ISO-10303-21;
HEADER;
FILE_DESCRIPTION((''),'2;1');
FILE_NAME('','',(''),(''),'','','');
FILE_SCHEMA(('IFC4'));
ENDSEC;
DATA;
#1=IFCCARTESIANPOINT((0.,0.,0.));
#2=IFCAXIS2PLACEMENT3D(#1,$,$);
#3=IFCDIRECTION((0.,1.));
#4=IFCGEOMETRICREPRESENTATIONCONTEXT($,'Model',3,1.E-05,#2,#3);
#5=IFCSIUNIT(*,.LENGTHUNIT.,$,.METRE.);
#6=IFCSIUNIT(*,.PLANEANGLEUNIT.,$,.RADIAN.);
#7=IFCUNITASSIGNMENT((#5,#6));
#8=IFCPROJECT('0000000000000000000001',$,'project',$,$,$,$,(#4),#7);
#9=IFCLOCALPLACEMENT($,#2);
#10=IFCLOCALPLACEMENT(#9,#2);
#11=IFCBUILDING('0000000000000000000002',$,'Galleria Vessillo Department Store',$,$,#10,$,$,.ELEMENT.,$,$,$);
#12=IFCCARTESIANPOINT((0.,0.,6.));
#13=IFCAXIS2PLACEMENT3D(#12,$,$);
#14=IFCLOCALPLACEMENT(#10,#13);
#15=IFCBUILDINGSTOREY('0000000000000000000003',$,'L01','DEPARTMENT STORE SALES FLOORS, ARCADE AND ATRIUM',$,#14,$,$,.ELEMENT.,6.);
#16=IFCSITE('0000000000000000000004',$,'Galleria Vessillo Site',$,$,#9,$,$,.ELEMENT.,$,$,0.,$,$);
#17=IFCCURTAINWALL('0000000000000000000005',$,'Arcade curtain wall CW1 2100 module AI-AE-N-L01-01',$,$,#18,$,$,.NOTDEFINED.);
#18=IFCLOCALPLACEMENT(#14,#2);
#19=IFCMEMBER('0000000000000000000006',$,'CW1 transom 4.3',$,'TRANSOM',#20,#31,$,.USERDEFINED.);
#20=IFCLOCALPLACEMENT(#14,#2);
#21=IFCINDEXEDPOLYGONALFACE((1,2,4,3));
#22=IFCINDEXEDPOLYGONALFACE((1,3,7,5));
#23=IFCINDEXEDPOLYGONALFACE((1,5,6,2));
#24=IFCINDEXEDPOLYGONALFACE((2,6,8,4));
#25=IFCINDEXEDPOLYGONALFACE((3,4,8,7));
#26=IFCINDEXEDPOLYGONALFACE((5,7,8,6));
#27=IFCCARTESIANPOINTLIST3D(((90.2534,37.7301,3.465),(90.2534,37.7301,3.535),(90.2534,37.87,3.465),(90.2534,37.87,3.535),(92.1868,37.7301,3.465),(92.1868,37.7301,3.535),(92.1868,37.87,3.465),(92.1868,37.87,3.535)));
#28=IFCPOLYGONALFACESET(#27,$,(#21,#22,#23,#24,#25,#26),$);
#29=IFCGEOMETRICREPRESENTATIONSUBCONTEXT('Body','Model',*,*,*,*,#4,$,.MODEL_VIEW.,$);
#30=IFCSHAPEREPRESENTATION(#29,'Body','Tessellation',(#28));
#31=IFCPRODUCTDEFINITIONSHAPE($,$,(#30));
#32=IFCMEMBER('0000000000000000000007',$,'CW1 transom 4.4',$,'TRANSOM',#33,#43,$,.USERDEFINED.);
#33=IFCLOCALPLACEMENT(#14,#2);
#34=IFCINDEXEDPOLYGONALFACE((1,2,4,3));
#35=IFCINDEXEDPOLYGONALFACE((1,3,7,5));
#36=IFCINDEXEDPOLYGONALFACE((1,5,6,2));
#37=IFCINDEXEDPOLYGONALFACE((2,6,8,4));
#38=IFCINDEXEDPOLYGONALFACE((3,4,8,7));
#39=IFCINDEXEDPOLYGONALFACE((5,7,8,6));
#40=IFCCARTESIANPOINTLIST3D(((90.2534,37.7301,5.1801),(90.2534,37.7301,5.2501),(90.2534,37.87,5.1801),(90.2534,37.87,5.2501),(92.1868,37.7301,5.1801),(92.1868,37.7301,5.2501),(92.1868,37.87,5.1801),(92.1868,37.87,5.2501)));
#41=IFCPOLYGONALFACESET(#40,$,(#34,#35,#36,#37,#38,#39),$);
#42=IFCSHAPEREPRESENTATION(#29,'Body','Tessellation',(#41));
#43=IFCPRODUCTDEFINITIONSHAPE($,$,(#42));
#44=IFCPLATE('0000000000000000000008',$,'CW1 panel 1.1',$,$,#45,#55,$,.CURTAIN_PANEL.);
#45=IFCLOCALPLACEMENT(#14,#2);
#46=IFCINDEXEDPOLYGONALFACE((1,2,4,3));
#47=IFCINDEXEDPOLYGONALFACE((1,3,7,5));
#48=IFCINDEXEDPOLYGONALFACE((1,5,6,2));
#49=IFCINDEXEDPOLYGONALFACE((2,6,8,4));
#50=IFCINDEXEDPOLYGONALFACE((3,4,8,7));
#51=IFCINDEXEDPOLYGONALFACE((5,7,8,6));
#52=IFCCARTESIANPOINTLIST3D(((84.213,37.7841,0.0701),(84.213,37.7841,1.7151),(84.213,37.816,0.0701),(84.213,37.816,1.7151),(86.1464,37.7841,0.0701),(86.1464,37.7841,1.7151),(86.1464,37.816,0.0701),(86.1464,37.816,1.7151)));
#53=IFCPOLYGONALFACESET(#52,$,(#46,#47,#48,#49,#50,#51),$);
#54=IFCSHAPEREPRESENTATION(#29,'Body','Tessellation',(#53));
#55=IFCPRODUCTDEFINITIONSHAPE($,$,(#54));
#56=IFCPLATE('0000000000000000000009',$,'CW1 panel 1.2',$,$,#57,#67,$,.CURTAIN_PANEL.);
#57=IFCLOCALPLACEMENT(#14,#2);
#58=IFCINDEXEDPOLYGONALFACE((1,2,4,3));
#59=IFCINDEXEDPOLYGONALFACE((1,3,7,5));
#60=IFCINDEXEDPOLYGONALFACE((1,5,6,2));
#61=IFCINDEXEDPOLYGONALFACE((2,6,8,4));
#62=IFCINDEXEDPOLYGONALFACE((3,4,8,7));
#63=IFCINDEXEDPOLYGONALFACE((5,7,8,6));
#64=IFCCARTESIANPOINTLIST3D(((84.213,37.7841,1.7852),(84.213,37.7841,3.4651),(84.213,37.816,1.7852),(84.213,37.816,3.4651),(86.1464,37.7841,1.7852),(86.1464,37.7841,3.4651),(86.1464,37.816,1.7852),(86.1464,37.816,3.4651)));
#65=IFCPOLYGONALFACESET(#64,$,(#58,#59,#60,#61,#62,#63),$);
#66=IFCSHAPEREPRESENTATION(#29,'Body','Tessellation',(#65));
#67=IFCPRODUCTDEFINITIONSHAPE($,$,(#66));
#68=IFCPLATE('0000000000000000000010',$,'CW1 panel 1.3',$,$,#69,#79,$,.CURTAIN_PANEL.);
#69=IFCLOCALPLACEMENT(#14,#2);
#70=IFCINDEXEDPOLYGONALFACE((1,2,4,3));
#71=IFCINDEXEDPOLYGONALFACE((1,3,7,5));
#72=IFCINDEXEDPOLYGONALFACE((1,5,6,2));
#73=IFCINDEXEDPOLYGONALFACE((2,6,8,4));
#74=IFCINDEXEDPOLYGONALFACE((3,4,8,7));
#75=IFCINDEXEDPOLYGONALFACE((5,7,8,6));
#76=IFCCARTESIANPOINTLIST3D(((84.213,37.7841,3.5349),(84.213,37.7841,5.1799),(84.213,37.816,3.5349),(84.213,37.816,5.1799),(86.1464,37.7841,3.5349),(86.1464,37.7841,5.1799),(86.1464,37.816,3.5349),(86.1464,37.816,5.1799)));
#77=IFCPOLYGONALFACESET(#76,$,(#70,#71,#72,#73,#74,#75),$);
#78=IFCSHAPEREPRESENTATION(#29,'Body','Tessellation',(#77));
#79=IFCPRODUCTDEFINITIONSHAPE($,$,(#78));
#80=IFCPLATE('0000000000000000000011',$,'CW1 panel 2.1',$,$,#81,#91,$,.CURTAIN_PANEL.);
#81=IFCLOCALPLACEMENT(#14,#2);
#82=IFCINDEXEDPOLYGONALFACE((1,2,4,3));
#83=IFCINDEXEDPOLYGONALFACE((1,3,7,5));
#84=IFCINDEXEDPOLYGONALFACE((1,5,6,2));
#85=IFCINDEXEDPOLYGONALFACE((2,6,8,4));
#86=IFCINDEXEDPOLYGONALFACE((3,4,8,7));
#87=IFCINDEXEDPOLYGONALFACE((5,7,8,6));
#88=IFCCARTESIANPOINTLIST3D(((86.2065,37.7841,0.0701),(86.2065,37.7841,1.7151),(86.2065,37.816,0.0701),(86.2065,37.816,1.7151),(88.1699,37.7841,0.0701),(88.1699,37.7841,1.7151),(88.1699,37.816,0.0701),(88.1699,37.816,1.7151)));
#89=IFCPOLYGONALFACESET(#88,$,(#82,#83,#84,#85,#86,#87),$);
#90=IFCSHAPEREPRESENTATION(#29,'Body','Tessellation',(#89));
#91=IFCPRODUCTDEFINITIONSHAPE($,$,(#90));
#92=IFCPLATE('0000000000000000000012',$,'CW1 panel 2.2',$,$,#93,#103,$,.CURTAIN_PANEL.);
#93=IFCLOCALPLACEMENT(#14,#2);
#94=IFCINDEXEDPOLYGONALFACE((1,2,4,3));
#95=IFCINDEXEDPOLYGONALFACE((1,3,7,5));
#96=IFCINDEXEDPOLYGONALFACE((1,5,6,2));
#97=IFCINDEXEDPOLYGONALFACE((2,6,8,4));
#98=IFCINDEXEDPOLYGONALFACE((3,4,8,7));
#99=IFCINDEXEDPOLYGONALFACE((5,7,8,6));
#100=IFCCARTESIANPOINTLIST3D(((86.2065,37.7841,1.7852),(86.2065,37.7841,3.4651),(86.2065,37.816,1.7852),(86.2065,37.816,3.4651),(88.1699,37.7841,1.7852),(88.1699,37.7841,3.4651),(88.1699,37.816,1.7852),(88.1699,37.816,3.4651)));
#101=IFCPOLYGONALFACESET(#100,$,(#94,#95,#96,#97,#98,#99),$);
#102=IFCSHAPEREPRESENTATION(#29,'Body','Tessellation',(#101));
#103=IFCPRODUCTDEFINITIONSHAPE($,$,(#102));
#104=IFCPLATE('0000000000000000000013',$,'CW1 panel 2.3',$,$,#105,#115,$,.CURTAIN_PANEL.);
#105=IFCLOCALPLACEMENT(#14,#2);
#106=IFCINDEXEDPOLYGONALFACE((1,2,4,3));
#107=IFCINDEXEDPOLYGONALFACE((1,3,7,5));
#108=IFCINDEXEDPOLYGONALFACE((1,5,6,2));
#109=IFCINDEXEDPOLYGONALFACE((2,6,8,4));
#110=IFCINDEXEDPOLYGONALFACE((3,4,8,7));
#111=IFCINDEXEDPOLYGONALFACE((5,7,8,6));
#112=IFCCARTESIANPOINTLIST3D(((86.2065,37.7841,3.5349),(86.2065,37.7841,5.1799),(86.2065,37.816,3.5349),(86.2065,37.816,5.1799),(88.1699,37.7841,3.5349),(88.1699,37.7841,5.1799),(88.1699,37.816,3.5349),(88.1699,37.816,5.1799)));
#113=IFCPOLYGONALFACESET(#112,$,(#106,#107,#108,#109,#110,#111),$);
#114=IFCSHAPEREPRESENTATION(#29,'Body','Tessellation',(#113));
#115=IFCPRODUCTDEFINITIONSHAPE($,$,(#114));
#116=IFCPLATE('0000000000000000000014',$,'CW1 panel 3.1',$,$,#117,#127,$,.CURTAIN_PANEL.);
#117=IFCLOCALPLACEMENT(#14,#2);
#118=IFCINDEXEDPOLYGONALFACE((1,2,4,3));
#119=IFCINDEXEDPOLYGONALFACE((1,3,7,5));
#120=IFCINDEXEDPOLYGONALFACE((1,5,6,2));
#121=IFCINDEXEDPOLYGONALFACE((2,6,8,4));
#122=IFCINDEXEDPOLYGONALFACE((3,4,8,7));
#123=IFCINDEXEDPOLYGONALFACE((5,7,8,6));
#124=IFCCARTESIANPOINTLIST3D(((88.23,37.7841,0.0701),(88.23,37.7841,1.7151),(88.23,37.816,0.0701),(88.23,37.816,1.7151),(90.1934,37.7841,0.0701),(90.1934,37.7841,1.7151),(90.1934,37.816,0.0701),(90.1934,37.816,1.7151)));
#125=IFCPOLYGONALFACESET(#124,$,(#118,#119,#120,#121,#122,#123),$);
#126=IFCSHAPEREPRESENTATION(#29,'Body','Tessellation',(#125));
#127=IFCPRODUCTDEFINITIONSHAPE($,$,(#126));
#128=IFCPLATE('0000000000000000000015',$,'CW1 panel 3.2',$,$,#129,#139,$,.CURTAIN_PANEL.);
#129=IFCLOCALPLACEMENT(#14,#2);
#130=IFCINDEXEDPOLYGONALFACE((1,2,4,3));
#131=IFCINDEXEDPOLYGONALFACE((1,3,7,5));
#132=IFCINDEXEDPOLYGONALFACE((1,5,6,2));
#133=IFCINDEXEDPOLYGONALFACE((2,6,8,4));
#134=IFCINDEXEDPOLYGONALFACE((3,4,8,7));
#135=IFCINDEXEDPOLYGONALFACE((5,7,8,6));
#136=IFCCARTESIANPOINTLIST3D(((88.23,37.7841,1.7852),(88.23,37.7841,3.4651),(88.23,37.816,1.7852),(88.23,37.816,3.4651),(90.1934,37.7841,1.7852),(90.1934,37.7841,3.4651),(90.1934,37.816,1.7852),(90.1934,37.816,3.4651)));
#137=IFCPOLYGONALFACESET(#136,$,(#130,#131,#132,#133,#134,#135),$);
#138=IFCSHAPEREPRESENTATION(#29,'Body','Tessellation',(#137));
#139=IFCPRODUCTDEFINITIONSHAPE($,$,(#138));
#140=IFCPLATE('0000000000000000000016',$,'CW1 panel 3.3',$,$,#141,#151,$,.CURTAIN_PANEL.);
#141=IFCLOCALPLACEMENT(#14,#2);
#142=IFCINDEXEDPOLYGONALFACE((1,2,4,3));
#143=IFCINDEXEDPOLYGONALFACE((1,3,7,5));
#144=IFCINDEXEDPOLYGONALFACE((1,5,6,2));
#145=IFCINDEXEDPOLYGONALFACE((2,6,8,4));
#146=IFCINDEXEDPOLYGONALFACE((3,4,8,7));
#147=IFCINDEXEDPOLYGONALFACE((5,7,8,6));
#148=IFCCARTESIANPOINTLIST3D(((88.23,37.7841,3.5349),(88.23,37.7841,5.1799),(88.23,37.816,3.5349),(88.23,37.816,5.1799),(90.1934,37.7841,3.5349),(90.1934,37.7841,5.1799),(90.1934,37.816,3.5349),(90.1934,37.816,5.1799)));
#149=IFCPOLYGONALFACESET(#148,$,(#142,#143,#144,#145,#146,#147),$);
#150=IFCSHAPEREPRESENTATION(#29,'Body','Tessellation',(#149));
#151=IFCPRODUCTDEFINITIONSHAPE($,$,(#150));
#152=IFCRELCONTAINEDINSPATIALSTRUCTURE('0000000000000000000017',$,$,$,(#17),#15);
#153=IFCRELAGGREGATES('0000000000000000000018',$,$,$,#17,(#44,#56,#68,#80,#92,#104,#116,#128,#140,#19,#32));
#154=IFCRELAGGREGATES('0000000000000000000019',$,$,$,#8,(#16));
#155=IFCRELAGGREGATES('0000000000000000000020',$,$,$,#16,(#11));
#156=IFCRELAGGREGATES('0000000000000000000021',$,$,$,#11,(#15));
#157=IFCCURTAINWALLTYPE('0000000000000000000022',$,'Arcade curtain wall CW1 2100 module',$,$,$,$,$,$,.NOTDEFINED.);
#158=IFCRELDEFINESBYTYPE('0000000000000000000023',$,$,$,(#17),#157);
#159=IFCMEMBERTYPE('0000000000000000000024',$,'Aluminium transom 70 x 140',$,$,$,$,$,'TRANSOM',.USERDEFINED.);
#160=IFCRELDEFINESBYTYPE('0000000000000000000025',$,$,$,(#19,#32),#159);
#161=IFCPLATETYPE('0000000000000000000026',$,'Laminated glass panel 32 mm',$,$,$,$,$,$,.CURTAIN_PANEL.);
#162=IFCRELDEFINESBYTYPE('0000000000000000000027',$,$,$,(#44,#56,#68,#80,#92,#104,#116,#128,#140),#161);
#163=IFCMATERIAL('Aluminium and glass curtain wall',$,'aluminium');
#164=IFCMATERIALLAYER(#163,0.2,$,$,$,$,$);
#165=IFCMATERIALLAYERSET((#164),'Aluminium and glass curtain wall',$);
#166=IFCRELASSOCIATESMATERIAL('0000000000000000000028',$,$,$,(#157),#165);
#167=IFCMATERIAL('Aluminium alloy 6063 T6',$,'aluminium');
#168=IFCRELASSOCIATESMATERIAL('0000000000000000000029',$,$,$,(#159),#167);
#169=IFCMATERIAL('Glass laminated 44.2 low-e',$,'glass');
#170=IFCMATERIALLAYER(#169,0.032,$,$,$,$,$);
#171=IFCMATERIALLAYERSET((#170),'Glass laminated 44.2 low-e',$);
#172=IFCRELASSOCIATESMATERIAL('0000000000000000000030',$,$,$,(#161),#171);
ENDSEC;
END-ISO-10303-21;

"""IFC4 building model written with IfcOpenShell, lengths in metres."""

from ifc_helpers import new_model, si_unit, direction, frame, origin, origin_2d, place, context, subcontext, project, spatial, rectangle, extrude, material, layer, layer_set, material_profile, profile_set, type_object, element, aggregate, save


model = new_model("IFC4")

# Units and contexts
model_context = context("Model", 3, precision=1e-05, world=origin(), true_north=direction((0.0, 1.0)))
body_context = subcontext(model_context, "Body", "Model", "MODEL_VIEW")
ifc_project = project(units=[si_unit("LENGTHUNIT", "METRE"), si_unit("PLANEANGLEUNIT", "RADIAN")], contexts=[model_context])

# Site, building, storey
site_placement = place(None, origin())
site = spatial("IfcSite", under=ifc_project, at=site_placement, Name="Galleria Vessillo Site", CompositionType="ELEMENT", RefElevation=0.0)
building_placement = place(site_placement, origin())
building = spatial("IfcBuilding", under=site, at=building_placement, Name="Galleria Vessillo Department Store", CompositionType="ELEMENT")
storey_placement = place(building_placement, frame((0.0, 0.0, 6.0)))
storey = spatial("IfcBuildingStorey", under=building, at=storey_placement, Name="L01", Description="DEPARTMENT STORE SALES FLOORS, ARCADE AND ATRIUM", CompositionType="ELEMENT", Elevation=6.0)

# Curtain wall, members, plates
ifc_material_1 = material(Name="Aluminium and glass curtain wall", Category="aluminium")
ifc_layer_1 = layer(ifc_material_1, 0.2)
ifc_layer_set_1 = layer_set([ifc_layer_1], Name="Aluminium and glass curtain wall")
curtain_wall_type = type_object("IfcCurtainWallType", Name="Arcade curtain wall CW1 2100 module", PredefinedType="NOTDEFINED", material=ifc_layer_set_1)
curtain_wall_placement = place(storey_placement, origin())
curtain_wall = element("IfcCurtainWall", 1, at=curtain_wall_placement, inside=storey, type_object=curtain_wall_type, Name="Arcade curtain wall CW1 2100 module AI-AE-N-L01-01", PredefinedType="NOTDEFINED")
ifc_material_2 = material(Name="Aluminium alloy 6063 T6", Category="aluminium")
ifc_material_profile_1 = material_profile(ifc_material_2, rectangle(XDim=0.1399, YDim=0.0701, at=origin_2d()), Name="AL 70x140")
ifc_profile_set_1 = profile_set([ifc_material_profile_1], Name="Aluminium alloy 6063 T6")
member_type_1 = type_object("IfcMemberType", Name="Aluminium transom 70 x 140", ElementType="TRANSOM", PredefinedType="USERDEFINED", material=ifc_profile_set_1)
member_1_placement = place(storey_placement, frame((90.2534, 37.8, 3.5), z_axis=(1.0, 0.0, 0.0), x_axis=(0.0, 1.0, 0.0)))
member_1 = element("IfcMember", 2, at=member_1_placement, type_object=member_type_1, Name="CW1 transom 4.3", ObjectType="TRANSOM", PredefinedType="USERDEFINED", context=body_context, shape_type="SweptSolid", body=[
    extrude(rectangle(XDim=0.1399, YDim=0.0701, at=origin_2d()), origin(), (0.0, 0.0, 1.0), 1.9333),
])
member_2_placement = place(storey_placement, frame((90.2534, 37.8, 5.2151), z_axis=(1.0, 0.0, 0.0), x_axis=(0.0, 1.0, 0.0)))
member_2 = element("IfcMember", 3, at=member_2_placement, type_object=member_type_1, Name="CW1 transom 4.4", ObjectType="TRANSOM", PredefinedType="USERDEFINED", context=body_context, shape_type="SweptSolid", body=[
    extrude(rectangle(XDim=0.1399, YDim=0.0701, at=origin_2d()), origin(), (0.0, 0.0, 1.0), 1.9333),
])
ifc_material_3 = material(Name="Glass laminated 44.2 low-e", Category="glass")
ifc_layer_2 = layer(ifc_material_3, 0.032)
ifc_layer_set_2 = layer_set([ifc_layer_2], Name="Glass laminated 44.2 low-e")
plate_type = type_object("IfcPlateType", Name="Laminated glass panel 32 mm", PredefinedType="CURTAIN_PANEL", material=ifc_layer_set_2)
plate_1_placement = place(storey_placement, frame((85.1797, 37.8, 0.0701), z_axis=(0.0, 0.0, 1.0), x_axis=(1.0, 0.0, 0.0)))
plate_1 = element("IfcPlate", 4, at=plate_1_placement, type_object=plate_type, Name="CW1 panel 1.1", PredefinedType="CURTAIN_PANEL", context=body_context, shape_type="SweptSolid", body=[
    extrude(rectangle(XDim=1.9333, YDim=0.032, at=origin_2d()), origin(), (0.0, 0.0, 1.0), 1.645),
])
plate_2_placement = place(storey_placement, frame((85.1797, 37.8, 1.7852), z_axis=(0.0, 0.0, 1.0), x_axis=(1.0, 0.0, 0.0)))
plate_2 = element("IfcPlate", 5, at=plate_2_placement, type_object=plate_type, Name="CW1 panel 1.2", PredefinedType="CURTAIN_PANEL", context=body_context, shape_type="SweptSolid", body=[
    extrude(rectangle(XDim=1.9333, YDim=0.032, at=origin_2d()), origin(), (0.0, 0.0, 1.0), 1.6799),
])
plate_3_placement = place(storey_placement, frame((85.1797, 37.8, 3.5349), z_axis=(0.0, 0.0, 1.0), x_axis=(1.0, 0.0, 0.0)))
plate_3 = element("IfcPlate", 6, at=plate_3_placement, type_object=plate_type, Name="CW1 panel 1.3", PredefinedType="CURTAIN_PANEL", context=body_context, shape_type="SweptSolid", body=[
    extrude(rectangle(XDim=1.9333, YDim=0.032, at=origin_2d()), origin(), (0.0, 0.0, 1.0), 1.645),
])
plate_4_placement = place(storey_placement, frame((87.1882, 37.8, 0.0701), z_axis=(0.0, 0.0, 1.0), x_axis=(1.0, 0.0, 0.0)))
plate_4 = element("IfcPlate", 7, at=plate_4_placement, type_object=plate_type, Name="CW1 panel 2.1", PredefinedType="CURTAIN_PANEL", context=body_context, shape_type="SweptSolid", body=[
    extrude(rectangle(XDim=1.9634, YDim=0.032, at=origin_2d()), origin(), (0.0, 0.0, 1.0), 1.645),
])
plate_5_placement = place(storey_placement, frame((87.1882, 37.8, 1.7852), z_axis=(0.0, 0.0, 1.0), x_axis=(1.0, 0.0, 0.0)))
plate_5 = element("IfcPlate", 8, at=plate_5_placement, type_object=plate_type, Name="CW1 panel 2.2", PredefinedType="CURTAIN_PANEL", context=body_context, shape_type="SweptSolid", body=[
    extrude(rectangle(XDim=1.9634, YDim=0.032, at=origin_2d()), origin(), (0.0, 0.0, 1.0), 1.6799),
])
plate_6_placement = place(storey_placement, frame((87.1882, 37.8, 3.5349), z_axis=(0.0, 0.0, 1.0), x_axis=(1.0, 0.0, 0.0)))
plate_6 = element("IfcPlate", 9, at=plate_6_placement, type_object=plate_type, Name="CW1 panel 2.3", PredefinedType="CURTAIN_PANEL", context=body_context, shape_type="SweptSolid", body=[
    extrude(rectangle(XDim=1.9634, YDim=0.032, at=origin_2d()), origin(), (0.0, 0.0, 1.0), 1.645),
])
plate_7_placement = place(storey_placement, frame((89.2117, 37.8, 0.0701), z_axis=(0.0, 0.0, 1.0), x_axis=(1.0, 0.0, 0.0)))
plate_7 = element("IfcPlate", 10, at=plate_7_placement, type_object=plate_type, Name="CW1 panel 3.1", PredefinedType="CURTAIN_PANEL", context=body_context, shape_type="SweptSolid", body=[
    extrude(rectangle(XDim=1.9634, YDim=0.032, at=origin_2d()), origin(), (0.0, 0.0, 1.0), 1.645),
])
plate_8_placement = place(storey_placement, frame((89.2117, 37.8, 1.7852), z_axis=(0.0, 0.0, 1.0), x_axis=(1.0, 0.0, 0.0)))
plate_8 = element("IfcPlate", 11, at=plate_8_placement, type_object=plate_type, Name="CW1 panel 3.2", PredefinedType="CURTAIN_PANEL", context=body_context, shape_type="SweptSolid", body=[
    extrude(rectangle(XDim=1.9634, YDim=0.032, at=origin_2d()), origin(), (0.0, 0.0, 1.0), 1.6799),
])
plate_9_placement = place(storey_placement, frame((89.2117, 37.8, 3.5349), z_axis=(0.0, 0.0, 1.0), x_axis=(1.0, 0.0, 0.0)))
plate_9 = element("IfcPlate", 12, at=plate_9_placement, type_object=plate_type, Name="CW1 panel 3.3", PredefinedType="CURTAIN_PANEL", context=body_context, shape_type="SweptSolid", body=[
    extrude(rectangle(XDim=1.9634, YDim=0.032, at=origin_2d()), origin(), (0.0, 0.0, 1.0), 1.645),
])
aggregate(curtain_wall, [plate_1, plate_2, plate_3, plate_4, plate_5, plate_6, plate_7, plate_8, plate_9, member_1, member_2])

save(model, "model.ifc")
